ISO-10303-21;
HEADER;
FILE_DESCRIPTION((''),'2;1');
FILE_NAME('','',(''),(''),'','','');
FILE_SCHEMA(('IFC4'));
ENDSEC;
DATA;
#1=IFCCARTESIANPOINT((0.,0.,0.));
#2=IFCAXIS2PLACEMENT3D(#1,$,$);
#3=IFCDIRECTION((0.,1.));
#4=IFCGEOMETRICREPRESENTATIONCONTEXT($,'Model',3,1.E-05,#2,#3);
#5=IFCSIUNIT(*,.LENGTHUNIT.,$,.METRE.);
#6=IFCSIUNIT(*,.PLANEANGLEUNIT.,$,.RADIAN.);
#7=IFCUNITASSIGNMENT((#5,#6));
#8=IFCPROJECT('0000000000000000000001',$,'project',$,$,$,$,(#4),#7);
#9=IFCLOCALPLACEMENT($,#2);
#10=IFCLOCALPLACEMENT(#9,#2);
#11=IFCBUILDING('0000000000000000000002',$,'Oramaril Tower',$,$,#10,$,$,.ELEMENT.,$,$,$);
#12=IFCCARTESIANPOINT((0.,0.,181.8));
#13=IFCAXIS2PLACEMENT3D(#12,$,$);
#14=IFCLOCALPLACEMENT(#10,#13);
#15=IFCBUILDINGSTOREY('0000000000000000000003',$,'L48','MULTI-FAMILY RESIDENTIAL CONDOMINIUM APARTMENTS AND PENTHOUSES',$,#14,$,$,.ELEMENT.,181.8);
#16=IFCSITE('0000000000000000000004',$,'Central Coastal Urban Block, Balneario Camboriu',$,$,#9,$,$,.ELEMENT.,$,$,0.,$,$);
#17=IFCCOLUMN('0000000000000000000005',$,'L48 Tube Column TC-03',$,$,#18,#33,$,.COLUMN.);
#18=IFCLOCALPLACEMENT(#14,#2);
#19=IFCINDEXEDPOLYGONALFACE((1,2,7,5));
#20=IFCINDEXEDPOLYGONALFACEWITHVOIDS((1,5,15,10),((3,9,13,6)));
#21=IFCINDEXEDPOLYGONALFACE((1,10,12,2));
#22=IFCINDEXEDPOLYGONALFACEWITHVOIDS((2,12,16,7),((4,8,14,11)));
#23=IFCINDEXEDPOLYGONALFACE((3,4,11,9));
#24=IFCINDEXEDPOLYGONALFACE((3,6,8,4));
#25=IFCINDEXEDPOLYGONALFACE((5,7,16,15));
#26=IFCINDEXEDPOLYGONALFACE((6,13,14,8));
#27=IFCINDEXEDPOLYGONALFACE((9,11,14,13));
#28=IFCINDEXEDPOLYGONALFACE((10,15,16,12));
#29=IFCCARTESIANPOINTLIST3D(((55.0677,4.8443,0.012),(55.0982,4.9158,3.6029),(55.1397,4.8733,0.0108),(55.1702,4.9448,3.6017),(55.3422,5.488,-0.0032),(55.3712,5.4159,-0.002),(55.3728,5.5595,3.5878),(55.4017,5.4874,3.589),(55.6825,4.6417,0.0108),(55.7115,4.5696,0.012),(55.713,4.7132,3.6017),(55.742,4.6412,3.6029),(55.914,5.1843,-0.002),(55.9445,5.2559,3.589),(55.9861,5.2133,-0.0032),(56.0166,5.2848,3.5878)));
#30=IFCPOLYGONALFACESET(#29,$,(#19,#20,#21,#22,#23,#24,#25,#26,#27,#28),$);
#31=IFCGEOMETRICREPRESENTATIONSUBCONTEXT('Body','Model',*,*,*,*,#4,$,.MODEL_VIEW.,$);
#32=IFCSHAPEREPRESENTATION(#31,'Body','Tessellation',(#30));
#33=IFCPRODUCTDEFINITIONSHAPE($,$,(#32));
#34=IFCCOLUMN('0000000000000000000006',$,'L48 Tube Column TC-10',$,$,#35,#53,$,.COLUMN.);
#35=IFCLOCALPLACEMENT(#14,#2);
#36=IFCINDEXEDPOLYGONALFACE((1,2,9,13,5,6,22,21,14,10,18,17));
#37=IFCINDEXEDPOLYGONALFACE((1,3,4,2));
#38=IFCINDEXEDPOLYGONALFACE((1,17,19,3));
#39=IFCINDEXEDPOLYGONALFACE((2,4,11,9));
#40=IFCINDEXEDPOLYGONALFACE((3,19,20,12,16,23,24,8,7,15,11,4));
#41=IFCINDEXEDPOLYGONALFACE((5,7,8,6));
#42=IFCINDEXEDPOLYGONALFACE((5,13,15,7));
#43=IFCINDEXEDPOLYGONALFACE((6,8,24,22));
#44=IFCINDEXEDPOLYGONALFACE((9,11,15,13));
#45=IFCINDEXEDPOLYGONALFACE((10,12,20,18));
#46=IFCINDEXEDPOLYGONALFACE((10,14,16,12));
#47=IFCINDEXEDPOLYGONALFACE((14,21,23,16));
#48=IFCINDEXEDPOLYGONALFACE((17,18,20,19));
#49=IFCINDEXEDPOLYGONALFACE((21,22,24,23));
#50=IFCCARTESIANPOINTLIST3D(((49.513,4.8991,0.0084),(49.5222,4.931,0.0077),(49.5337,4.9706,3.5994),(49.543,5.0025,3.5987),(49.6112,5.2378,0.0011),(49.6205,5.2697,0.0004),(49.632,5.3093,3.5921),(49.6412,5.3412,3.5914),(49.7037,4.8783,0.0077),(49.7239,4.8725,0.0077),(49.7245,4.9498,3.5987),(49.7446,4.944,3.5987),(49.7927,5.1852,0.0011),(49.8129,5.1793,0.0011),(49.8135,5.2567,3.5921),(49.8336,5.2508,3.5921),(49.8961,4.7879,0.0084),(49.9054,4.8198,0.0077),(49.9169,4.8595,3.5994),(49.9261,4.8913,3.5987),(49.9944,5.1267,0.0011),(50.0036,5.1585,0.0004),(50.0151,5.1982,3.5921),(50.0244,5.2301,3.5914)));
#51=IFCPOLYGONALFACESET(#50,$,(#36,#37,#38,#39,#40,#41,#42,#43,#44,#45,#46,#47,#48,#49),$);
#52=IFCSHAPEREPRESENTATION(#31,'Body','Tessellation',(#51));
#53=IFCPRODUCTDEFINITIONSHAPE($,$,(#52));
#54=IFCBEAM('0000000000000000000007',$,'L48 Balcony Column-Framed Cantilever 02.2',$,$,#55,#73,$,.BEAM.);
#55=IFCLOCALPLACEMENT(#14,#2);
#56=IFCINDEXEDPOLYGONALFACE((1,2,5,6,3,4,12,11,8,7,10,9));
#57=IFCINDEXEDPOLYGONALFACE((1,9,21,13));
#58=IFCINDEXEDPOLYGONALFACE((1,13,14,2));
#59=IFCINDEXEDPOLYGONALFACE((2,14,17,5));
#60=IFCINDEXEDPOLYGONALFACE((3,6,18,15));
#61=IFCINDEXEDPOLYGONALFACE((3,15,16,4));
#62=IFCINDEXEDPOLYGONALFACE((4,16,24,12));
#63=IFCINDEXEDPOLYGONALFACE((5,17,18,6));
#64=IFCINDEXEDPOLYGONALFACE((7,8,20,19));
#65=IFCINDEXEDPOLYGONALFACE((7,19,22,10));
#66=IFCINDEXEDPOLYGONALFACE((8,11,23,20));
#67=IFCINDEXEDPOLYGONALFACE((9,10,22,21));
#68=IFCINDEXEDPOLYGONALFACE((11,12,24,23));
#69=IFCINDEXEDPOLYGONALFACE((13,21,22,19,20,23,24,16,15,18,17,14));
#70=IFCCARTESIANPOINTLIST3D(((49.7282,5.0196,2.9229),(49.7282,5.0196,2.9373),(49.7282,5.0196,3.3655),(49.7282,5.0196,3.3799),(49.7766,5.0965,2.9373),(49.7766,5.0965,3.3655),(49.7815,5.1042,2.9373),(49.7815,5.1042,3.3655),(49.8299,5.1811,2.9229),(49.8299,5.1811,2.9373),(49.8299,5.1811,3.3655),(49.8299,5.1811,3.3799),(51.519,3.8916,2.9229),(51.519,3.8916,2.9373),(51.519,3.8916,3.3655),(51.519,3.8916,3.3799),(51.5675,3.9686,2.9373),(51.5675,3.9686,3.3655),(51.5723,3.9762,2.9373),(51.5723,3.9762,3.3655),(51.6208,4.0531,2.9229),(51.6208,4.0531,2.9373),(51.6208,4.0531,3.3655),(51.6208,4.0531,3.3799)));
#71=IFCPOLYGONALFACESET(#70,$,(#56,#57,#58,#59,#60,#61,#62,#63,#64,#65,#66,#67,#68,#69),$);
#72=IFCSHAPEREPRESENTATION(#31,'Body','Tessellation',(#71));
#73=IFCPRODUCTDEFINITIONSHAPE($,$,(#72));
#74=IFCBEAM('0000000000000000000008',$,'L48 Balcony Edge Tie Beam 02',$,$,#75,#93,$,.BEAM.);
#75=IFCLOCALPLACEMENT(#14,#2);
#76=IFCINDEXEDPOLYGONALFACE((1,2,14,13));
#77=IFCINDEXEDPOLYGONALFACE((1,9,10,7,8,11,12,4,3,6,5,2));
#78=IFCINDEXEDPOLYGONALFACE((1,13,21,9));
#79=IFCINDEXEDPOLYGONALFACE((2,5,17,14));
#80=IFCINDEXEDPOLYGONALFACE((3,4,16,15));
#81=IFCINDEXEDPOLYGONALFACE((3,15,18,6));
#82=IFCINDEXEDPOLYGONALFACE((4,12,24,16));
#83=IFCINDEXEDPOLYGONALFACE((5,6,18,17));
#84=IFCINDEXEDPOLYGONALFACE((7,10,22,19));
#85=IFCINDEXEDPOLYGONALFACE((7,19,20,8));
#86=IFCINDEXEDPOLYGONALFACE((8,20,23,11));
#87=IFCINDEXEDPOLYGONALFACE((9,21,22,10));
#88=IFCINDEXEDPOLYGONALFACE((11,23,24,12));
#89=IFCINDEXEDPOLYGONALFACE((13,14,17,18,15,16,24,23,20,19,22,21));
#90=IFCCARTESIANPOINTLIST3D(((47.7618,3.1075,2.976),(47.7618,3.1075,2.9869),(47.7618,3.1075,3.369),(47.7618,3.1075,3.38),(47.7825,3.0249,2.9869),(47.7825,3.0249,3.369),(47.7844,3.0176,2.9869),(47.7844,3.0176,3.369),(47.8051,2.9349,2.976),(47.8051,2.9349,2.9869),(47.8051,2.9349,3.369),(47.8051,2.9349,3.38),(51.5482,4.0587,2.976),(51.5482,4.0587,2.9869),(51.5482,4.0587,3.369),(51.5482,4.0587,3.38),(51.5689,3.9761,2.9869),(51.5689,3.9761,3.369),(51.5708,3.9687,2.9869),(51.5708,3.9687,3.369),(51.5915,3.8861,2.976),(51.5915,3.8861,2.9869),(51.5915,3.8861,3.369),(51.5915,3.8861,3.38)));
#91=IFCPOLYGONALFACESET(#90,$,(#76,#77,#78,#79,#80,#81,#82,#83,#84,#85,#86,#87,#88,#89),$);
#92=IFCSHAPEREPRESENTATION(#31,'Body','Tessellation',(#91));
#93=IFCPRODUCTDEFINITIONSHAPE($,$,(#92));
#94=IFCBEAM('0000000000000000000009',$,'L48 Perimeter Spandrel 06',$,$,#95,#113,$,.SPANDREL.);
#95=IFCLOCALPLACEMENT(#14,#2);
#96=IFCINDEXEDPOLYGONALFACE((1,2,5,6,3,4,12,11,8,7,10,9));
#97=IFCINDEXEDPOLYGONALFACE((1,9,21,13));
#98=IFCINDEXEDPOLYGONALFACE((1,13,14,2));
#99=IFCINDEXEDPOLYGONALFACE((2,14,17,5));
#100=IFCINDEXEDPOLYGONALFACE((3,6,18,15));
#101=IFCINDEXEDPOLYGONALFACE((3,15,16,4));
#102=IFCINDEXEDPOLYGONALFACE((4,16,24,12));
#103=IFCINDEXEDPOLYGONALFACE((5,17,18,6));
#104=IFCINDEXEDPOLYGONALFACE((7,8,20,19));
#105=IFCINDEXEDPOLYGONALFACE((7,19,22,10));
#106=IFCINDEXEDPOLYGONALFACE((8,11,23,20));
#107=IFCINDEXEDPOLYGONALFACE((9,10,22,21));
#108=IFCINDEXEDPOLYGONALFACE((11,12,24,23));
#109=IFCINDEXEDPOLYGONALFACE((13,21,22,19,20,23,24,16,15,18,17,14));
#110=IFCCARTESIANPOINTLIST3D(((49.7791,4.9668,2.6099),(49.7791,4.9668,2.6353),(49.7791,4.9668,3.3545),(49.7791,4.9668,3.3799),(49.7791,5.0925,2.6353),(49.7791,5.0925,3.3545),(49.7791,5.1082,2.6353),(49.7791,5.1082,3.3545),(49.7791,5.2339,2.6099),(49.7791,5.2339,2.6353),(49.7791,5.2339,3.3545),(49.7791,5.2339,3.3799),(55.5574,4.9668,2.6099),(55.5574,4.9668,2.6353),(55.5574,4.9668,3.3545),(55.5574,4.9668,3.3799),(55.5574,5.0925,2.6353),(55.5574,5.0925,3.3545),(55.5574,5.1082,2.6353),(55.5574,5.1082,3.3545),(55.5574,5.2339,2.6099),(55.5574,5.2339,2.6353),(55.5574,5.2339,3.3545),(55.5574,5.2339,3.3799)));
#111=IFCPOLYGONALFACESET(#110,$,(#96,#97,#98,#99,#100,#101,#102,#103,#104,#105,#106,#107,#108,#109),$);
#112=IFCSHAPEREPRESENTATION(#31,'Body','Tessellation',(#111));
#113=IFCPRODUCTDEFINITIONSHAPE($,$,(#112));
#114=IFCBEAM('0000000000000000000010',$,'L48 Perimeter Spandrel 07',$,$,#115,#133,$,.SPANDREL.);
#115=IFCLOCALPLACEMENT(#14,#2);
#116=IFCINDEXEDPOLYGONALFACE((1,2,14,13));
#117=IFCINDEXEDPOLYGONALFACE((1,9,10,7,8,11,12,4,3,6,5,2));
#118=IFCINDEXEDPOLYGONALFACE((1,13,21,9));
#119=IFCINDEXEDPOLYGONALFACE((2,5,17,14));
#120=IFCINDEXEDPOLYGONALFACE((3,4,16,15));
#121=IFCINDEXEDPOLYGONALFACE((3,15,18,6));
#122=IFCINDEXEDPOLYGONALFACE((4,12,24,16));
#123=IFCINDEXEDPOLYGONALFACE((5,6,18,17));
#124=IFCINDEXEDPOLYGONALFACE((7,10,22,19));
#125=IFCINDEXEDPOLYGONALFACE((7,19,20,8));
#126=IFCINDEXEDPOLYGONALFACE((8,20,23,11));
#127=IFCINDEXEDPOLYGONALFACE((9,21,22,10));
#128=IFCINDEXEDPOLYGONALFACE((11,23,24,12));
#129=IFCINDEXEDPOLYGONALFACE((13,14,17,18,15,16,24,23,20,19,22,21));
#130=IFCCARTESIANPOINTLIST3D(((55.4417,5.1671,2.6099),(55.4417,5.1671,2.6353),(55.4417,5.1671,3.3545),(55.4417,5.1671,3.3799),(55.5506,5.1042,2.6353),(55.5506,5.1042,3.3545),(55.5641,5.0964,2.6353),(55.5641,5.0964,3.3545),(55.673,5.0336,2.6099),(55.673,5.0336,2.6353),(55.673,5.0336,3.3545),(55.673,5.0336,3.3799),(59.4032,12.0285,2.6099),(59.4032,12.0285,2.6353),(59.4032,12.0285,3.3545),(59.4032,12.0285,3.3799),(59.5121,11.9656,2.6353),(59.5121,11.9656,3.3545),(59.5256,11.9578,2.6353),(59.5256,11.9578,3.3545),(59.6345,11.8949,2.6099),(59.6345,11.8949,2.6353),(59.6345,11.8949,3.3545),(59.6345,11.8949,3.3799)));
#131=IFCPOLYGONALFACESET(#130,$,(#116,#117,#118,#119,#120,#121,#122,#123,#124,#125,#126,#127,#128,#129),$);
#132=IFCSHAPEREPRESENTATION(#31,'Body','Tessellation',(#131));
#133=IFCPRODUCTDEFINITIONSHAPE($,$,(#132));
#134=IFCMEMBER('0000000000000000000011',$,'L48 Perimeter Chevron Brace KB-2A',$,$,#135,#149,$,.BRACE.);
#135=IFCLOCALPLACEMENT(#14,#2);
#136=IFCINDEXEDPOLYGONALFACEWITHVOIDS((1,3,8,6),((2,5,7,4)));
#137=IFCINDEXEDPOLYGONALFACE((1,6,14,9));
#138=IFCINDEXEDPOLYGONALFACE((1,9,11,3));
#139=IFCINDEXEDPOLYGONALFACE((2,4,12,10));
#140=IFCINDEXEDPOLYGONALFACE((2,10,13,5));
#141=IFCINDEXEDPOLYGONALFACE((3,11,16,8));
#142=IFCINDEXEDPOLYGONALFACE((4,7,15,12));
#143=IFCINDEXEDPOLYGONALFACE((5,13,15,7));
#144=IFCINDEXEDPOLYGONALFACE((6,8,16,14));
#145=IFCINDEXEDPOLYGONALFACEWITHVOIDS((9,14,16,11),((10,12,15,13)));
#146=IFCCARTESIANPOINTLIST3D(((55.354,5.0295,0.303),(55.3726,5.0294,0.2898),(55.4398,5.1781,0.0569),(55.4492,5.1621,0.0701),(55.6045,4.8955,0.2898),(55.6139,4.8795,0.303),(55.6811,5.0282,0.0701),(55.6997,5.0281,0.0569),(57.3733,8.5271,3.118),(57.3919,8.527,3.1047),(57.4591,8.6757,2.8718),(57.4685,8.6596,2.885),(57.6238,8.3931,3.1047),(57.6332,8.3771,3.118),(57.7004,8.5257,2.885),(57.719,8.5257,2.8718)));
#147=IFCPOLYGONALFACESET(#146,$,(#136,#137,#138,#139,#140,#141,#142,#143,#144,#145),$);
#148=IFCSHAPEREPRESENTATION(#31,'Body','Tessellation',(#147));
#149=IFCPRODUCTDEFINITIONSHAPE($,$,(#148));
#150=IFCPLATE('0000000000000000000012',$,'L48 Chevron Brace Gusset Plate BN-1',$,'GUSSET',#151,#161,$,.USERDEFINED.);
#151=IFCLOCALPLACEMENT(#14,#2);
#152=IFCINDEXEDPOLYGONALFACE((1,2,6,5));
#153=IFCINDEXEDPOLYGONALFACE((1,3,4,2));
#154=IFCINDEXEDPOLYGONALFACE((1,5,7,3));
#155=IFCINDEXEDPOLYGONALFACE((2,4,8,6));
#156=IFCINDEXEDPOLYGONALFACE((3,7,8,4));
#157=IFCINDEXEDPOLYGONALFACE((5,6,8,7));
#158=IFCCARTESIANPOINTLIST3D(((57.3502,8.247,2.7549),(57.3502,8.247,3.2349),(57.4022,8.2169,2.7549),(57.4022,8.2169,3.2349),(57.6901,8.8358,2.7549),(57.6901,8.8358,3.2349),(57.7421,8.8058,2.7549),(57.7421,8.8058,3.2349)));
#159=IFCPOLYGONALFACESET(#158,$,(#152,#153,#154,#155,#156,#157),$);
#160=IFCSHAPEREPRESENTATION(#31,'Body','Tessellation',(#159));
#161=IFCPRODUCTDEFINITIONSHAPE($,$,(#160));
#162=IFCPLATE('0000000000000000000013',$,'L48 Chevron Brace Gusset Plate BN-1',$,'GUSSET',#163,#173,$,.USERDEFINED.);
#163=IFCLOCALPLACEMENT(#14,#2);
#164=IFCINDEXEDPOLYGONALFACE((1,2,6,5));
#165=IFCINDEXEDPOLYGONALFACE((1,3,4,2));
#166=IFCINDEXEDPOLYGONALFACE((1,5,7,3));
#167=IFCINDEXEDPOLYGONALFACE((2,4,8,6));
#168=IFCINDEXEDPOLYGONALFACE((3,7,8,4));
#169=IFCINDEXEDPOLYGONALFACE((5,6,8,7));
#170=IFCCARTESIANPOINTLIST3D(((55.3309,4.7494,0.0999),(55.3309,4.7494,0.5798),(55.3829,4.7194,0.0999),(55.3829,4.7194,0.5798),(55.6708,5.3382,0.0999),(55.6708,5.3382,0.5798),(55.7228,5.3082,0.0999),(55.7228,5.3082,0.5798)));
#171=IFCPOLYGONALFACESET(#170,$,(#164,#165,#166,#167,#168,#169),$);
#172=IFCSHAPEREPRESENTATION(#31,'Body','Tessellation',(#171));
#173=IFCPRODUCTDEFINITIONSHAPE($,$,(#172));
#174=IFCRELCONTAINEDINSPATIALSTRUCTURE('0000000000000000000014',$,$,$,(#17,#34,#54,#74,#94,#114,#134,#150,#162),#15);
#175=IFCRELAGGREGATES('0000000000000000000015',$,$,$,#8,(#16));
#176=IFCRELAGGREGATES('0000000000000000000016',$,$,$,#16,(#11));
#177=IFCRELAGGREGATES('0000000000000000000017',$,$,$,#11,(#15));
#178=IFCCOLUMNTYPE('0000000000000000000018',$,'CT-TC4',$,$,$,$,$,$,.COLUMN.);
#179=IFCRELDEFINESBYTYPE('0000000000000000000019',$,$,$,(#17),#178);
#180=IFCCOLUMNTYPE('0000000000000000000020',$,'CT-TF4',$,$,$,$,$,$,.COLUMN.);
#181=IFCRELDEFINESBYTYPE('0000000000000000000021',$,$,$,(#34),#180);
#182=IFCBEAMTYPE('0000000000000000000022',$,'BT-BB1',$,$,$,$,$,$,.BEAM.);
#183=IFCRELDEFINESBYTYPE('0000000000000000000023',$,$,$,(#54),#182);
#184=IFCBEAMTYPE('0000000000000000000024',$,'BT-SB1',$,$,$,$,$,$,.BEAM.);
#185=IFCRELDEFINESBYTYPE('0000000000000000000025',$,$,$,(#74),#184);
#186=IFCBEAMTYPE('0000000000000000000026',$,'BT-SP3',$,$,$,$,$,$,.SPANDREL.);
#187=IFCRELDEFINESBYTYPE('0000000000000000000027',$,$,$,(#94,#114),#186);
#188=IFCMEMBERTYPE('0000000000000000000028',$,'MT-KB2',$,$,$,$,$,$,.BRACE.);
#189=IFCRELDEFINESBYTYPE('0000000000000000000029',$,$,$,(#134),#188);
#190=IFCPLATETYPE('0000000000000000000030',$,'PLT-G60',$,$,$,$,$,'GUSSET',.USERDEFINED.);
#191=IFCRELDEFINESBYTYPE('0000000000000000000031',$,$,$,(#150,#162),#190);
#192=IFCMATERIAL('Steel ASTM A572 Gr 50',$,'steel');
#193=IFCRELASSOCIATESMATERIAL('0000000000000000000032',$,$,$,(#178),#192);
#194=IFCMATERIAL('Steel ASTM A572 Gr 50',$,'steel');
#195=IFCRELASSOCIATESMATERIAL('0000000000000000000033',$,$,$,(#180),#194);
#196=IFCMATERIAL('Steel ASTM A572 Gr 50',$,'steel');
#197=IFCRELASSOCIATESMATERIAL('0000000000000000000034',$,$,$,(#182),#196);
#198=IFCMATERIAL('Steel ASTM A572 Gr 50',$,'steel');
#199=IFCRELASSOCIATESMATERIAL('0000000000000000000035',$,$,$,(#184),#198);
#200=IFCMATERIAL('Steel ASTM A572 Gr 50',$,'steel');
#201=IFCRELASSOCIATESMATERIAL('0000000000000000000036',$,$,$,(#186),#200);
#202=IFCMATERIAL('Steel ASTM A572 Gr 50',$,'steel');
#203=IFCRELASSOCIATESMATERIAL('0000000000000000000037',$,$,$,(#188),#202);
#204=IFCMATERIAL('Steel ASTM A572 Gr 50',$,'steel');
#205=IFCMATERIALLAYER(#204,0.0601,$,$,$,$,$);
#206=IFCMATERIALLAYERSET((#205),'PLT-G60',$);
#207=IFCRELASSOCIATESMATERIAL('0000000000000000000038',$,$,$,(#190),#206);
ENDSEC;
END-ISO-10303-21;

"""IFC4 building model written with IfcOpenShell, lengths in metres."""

from ifc_helpers import new_model, si_unit, direction, frame, origin, origin_2d, place, context, subcontext, project, spatial, rectangle, hollow_rectangle, i_section, extrude, material, layer, layer_set, material_profile, profile_set, type_object, element, save


model = new_model("IFC4")

# Units and contexts
model_context = context("Model", 3, precision=1e-05, world=origin(), true_north=direction((0.0, 1.0)))
body_context = subcontext(model_context, "Body", "Model", "MODEL_VIEW")
ifc_project = project(units=[si_unit("LENGTHUNIT", "METRE"), si_unit("PLANEANGLEUNIT", "RADIAN")], contexts=[model_context])

# Site, building, storey
site_placement = place(None, origin())
site = spatial("IfcSite", under=ifc_project, at=site_placement, Name="Central Coastal Urban Block, Balneario Camboriu", CompositionType="ELEMENT", RefElevation=0.0)
building_placement = place(site_placement, origin())
building = spatial("IfcBuilding", under=site, at=building_placement, Name="Oramaril Tower", CompositionType="ELEMENT")
storey_placement = place(building_placement, frame((0.0, 0.0, 181.8)))
storey = spatial("IfcBuildingStorey", under=building, at=storey_placement, Name="L48", Description="MULTI-FAMILY RESIDENTIAL CONDOMINIUM APARTMENTS AND PENTHOUSES", CompositionType="ELEMENT", Elevation=181.8)

# Columns
ifc_material_1 = material(Name="Steel ASTM A572 Gr 50", Category="steel")
ifc_material_profile_1 = material_profile(ifc_material_1, hollow_rectangle(XDim=0.7, YDim=0.7, WallThickness=0.0549, at=origin_2d()), Name="BOX700X700X55")
ifc_profile_set_1 = profile_set([ifc_material_profile_1], Name="Steel ASTM A572 Gr 50")
column_type_1 = type_object("IfcColumnType", Name="CT-TC4", PredefinedType="COLUMN", material=ifc_profile_set_1)
column_1_placement = place(storey_placement, frame((55.5269, 5.0288, 0.0044), z_axis=(0.008496, 0.019915, 0.999766), x_axis=(-0.919793, 0.392403, 0.0)))
element("IfcColumn", 1, at=column_1_placement, inside=storey, type_object=column_type_1, Name="L48 Tube Column TC-03", PredefinedType="COLUMN", context=body_context, shape_type="SweptSolid", body=[
    extrude(hollow_rectangle(XDim=0.7, YDim=0.7, WallThickness=0.0549, at=origin_2d()), origin(), (0.0, 0.0, 1.0), 3.5918),
])
ifc_material_2 = material(Name="Steel ASTM A572 Gr 50", Category="steel")
ifc_material_profile_2 = material_profile(ifc_material_2, i_section(OverallWidth=0.3989, OverallDepth=0.386, WebThickness=0.021, FlangeThickness=0.0332, at=origin_2d()), Name="W14X176")
ifc_profile_set_2 = profile_set([ifc_material_profile_2], Name="Steel ASTM A572 Gr 50")
column_type_2 = type_object("IfcColumnType", Name="CT-TF4", PredefinedType="COLUMN", material=ifc_profile_set_2)
column_2_placement = place(storey_placement, frame((49.7583, 5.0288, 0.0044), z_axis=(0.005778, 0.019915, 0.999785), x_axis=(-0.960403, 0.278615, 0.0)))
element("IfcColumn", 2, at=column_2_placement, inside=storey, type_object=column_type_2, Name="L48 Tube Column TC-10", PredefinedType="COLUMN", context=body_context, shape_type="SweptSolid", body=[
    extrude(i_section(OverallWidth=0.3989, OverallDepth=0.386, WebThickness=0.021, FlangeThickness=0.0332, at=origin_2d()), origin(), (0.0, 0.0, 1.0), 3.5918),
])

# Beams
ifc_material_3 = material(Name="Steel ASTM A572 Gr 50", Category="steel")
ifc_material_profile_3 = material_profile(ifc_material_3, i_section(OverallWidth=0.1909, OverallDepth=0.457, WebThickness=0.009, FlangeThickness=0.0144, at=origin_2d()), Name="W18X50")
ifc_profile_set_3 = profile_set([ifc_material_profile_3], Name="Steel ASTM A572 Gr 50")
beam_type_1 = type_object("IfcBeamType", Name="BT-BB1", PredefinedType="BEAM", material=ifc_profile_set_3)
beam_1_placement = place(storey_placement, frame((49.7791, 5.1003, 3.1514), z_axis=(0.846146, -0.532951, 0.0), x_axis=(0.532951, 0.846146, 0.0)))
element("IfcBeam", 3, at=beam_1_placement, inside=storey, type_object=beam_type_1, Name="L48 Balcony Column-Framed Cantilever 02.2", PredefinedType="BEAM", context=body_context, shape_type="SweptSolid", body=[
    extrude(i_section(OverallWidth=0.1909, OverallDepth=0.457, WebThickness=0.009, FlangeThickness=0.0144, at=origin_2d()), origin(), (0.0, 0.0, 1.0), 2.1165),
])
ifc_material_4 = material(Name="Steel ASTM A572 Gr 50", Category="steel")
ifc_material_profile_4 = material_profile(ifc_material_4, i_section(OverallWidth=0.178, OverallDepth=0.4041, WebThickness=0.0076, FlangeThickness=0.011, at=origin_2d()), Name="W16X36")
ifc_profile_set_4 = profile_set([ifc_material_profile_4], Name="Steel ASTM A572 Gr 50")
beam_type_2 = type_object("IfcBeamType", Name="BT-SB1", PredefinedType="BEAM", material=ifc_profile_set_4)
beam_2_placement = place(storey_placement, frame((47.7834, 3.0212, 3.178), z_axis=(0.969866, 0.243639, 0.0), x_axis=(-0.243639, 0.969866, 0.0)))
element("IfcBeam", 4, at=beam_2_placement, inside=storey, type_object=beam_type_2, Name="L48 Balcony Edge Tie Beam 02", PredefinedType="BEAM", context=body_context, shape_type="SweptSolid", body=[
    extrude(i_section(OverallWidth=0.178, OverallDepth=0.4041, WebThickness=0.0076, FlangeThickness=0.011, at=origin_2d()), origin(), (0.0, 0.0, 1.0), 3.9041),
])
ifc_material_5 = material(Name="Steel ASTM A572 Gr 50", Category="steel")
ifc_material_profile_5 = material_profile(ifc_material_5, i_section(OverallWidth=0.2671, OverallDepth=0.77, WebThickness=0.0156, FlangeThickness=0.0254, at=origin_2d()), Name="W30X132")
ifc_profile_set_5 = profile_set([ifc_material_profile_5], Name="Steel ASTM A572 Gr 50")
beam_type_3 = type_object("IfcBeamType", Name="BT-SP3", PredefinedType="SPANDREL", material=ifc_profile_set_5)
beam_3_placement = place(storey_placement, frame((49.7791, 5.1003, 2.9949), z_axis=(1.0, 0.0, 0.0), x_axis=(0.0, 1.0, 0.0)))
element("IfcBeam", 5, at=beam_3_placement, inside=storey, type_object=beam_type_3, Name="L48 Perimeter Spandrel 06", PredefinedType="SPANDREL", context=body_context, shape_type="SweptSolid", body=[
    extrude(i_section(OverallWidth=0.2671, OverallDepth=0.77, WebThickness=0.0156, FlangeThickness=0.0254, at=origin_2d()), origin(), (0.0, 0.0, 1.0), 5.7783),
])
beam_4_placement = place(storey_placement, frame((55.5574, 5.1003, 2.9949), z_axis=(0.500003, 0.866023, 0.0), x_axis=(-0.866023, 0.500003, 0.0)))
element("IfcBeam", 6, at=beam_4_placement, inside=storey, type_object=beam_type_3, Name="L48 Perimeter Spandrel 07", PredefinedType="SPANDREL", context=body_context, shape_type="SweptSolid", body=[
    extrude(i_section(OverallWidth=0.2671, OverallDepth=0.77, WebThickness=0.0156, FlangeThickness=0.0254, at=origin_2d()), origin(), (0.0, 0.0, 1.0), 7.9229),
])

# Member
ifc_material_6 = material(Name="Steel ASTM A572 Gr 50", Category="steel")
ifc_material_profile_6 = material_profile(ifc_material_6, hollow_rectangle(XDim=0.3, YDim=0.3, WallThickness=0.0161, at=origin_2d()), Name="HSS300X300X16")
ifc_profile_set_6 = profile_set([ifc_material_profile_6], Name="Steel ASTM A572 Gr 50")
member_type = type_object("IfcMemberType", Name="MT-KB2", PredefinedType="BRACE", material=ifc_profile_set_6)
member_placement = place(storey_placement, frame((55.5269, 5.0288, 0.1799), z_axis=(0.410188, 0.710476, 0.571813), x_axis=(-0.866029, 0.499995, 0.0)))
element("IfcMember", 7, at=member_placement, inside=storey, type_object=member_type, Name="L48 Perimeter Chevron Brace KB-2A", PredefinedType="BRACE", context=body_context, shape_type="SweptSolid", body=[
    extrude(hollow_rectangle(XDim=0.3, YDim=0.3, WallThickness=0.0161, at=origin_2d()), origin(), (0.0, 0.0, 1.0), 4.9229),
])

# Plates
ifc_material_7 = material(Name="Steel ASTM A572 Gr 50", Category="steel")
ifc_layer_1 = layer(ifc_material_7, 0.0601)
ifc_layer_set_1 = layer_set([ifc_layer_1], Name="PLT-G60")
plate_type = type_object("IfcPlateType", Name="PLT-G60", ElementType="GUSSET", PredefinedType="USERDEFINED", material=ifc_layer_set_1)
for number, where, z_axis, x_axis, name in (
    (8, (57.5461, 8.5264, 2.7549), (0.0, 0.0, 1.0), (0.500009, 0.86602, 0.0), "L48 Chevron Brace Gusset Plate BN-1"),
    (9, (55.5269, 5.0288, 0.0999), (0.0, 0.0, 1.0), (0.500009, 0.86602, 0.0), "L48 Chevron Brace Gusset Plate BN-1"),
):
    element("IfcPlate", number, at=place(storey_placement, frame(where, z_axis=z_axis, x_axis=x_axis)), inside=storey, type_object=plate_type, Name=name, ObjectType="GUSSET", PredefinedType="USERDEFINED", context=body_context, shape_type="SweptSolid", body=[
        extrude(rectangle(XDim=0.6799, YDim=0.0601, at=origin_2d()), origin(), (0.0, 0.0, 1.0), 0.48),
    ])

save(model, "model.ifc")
